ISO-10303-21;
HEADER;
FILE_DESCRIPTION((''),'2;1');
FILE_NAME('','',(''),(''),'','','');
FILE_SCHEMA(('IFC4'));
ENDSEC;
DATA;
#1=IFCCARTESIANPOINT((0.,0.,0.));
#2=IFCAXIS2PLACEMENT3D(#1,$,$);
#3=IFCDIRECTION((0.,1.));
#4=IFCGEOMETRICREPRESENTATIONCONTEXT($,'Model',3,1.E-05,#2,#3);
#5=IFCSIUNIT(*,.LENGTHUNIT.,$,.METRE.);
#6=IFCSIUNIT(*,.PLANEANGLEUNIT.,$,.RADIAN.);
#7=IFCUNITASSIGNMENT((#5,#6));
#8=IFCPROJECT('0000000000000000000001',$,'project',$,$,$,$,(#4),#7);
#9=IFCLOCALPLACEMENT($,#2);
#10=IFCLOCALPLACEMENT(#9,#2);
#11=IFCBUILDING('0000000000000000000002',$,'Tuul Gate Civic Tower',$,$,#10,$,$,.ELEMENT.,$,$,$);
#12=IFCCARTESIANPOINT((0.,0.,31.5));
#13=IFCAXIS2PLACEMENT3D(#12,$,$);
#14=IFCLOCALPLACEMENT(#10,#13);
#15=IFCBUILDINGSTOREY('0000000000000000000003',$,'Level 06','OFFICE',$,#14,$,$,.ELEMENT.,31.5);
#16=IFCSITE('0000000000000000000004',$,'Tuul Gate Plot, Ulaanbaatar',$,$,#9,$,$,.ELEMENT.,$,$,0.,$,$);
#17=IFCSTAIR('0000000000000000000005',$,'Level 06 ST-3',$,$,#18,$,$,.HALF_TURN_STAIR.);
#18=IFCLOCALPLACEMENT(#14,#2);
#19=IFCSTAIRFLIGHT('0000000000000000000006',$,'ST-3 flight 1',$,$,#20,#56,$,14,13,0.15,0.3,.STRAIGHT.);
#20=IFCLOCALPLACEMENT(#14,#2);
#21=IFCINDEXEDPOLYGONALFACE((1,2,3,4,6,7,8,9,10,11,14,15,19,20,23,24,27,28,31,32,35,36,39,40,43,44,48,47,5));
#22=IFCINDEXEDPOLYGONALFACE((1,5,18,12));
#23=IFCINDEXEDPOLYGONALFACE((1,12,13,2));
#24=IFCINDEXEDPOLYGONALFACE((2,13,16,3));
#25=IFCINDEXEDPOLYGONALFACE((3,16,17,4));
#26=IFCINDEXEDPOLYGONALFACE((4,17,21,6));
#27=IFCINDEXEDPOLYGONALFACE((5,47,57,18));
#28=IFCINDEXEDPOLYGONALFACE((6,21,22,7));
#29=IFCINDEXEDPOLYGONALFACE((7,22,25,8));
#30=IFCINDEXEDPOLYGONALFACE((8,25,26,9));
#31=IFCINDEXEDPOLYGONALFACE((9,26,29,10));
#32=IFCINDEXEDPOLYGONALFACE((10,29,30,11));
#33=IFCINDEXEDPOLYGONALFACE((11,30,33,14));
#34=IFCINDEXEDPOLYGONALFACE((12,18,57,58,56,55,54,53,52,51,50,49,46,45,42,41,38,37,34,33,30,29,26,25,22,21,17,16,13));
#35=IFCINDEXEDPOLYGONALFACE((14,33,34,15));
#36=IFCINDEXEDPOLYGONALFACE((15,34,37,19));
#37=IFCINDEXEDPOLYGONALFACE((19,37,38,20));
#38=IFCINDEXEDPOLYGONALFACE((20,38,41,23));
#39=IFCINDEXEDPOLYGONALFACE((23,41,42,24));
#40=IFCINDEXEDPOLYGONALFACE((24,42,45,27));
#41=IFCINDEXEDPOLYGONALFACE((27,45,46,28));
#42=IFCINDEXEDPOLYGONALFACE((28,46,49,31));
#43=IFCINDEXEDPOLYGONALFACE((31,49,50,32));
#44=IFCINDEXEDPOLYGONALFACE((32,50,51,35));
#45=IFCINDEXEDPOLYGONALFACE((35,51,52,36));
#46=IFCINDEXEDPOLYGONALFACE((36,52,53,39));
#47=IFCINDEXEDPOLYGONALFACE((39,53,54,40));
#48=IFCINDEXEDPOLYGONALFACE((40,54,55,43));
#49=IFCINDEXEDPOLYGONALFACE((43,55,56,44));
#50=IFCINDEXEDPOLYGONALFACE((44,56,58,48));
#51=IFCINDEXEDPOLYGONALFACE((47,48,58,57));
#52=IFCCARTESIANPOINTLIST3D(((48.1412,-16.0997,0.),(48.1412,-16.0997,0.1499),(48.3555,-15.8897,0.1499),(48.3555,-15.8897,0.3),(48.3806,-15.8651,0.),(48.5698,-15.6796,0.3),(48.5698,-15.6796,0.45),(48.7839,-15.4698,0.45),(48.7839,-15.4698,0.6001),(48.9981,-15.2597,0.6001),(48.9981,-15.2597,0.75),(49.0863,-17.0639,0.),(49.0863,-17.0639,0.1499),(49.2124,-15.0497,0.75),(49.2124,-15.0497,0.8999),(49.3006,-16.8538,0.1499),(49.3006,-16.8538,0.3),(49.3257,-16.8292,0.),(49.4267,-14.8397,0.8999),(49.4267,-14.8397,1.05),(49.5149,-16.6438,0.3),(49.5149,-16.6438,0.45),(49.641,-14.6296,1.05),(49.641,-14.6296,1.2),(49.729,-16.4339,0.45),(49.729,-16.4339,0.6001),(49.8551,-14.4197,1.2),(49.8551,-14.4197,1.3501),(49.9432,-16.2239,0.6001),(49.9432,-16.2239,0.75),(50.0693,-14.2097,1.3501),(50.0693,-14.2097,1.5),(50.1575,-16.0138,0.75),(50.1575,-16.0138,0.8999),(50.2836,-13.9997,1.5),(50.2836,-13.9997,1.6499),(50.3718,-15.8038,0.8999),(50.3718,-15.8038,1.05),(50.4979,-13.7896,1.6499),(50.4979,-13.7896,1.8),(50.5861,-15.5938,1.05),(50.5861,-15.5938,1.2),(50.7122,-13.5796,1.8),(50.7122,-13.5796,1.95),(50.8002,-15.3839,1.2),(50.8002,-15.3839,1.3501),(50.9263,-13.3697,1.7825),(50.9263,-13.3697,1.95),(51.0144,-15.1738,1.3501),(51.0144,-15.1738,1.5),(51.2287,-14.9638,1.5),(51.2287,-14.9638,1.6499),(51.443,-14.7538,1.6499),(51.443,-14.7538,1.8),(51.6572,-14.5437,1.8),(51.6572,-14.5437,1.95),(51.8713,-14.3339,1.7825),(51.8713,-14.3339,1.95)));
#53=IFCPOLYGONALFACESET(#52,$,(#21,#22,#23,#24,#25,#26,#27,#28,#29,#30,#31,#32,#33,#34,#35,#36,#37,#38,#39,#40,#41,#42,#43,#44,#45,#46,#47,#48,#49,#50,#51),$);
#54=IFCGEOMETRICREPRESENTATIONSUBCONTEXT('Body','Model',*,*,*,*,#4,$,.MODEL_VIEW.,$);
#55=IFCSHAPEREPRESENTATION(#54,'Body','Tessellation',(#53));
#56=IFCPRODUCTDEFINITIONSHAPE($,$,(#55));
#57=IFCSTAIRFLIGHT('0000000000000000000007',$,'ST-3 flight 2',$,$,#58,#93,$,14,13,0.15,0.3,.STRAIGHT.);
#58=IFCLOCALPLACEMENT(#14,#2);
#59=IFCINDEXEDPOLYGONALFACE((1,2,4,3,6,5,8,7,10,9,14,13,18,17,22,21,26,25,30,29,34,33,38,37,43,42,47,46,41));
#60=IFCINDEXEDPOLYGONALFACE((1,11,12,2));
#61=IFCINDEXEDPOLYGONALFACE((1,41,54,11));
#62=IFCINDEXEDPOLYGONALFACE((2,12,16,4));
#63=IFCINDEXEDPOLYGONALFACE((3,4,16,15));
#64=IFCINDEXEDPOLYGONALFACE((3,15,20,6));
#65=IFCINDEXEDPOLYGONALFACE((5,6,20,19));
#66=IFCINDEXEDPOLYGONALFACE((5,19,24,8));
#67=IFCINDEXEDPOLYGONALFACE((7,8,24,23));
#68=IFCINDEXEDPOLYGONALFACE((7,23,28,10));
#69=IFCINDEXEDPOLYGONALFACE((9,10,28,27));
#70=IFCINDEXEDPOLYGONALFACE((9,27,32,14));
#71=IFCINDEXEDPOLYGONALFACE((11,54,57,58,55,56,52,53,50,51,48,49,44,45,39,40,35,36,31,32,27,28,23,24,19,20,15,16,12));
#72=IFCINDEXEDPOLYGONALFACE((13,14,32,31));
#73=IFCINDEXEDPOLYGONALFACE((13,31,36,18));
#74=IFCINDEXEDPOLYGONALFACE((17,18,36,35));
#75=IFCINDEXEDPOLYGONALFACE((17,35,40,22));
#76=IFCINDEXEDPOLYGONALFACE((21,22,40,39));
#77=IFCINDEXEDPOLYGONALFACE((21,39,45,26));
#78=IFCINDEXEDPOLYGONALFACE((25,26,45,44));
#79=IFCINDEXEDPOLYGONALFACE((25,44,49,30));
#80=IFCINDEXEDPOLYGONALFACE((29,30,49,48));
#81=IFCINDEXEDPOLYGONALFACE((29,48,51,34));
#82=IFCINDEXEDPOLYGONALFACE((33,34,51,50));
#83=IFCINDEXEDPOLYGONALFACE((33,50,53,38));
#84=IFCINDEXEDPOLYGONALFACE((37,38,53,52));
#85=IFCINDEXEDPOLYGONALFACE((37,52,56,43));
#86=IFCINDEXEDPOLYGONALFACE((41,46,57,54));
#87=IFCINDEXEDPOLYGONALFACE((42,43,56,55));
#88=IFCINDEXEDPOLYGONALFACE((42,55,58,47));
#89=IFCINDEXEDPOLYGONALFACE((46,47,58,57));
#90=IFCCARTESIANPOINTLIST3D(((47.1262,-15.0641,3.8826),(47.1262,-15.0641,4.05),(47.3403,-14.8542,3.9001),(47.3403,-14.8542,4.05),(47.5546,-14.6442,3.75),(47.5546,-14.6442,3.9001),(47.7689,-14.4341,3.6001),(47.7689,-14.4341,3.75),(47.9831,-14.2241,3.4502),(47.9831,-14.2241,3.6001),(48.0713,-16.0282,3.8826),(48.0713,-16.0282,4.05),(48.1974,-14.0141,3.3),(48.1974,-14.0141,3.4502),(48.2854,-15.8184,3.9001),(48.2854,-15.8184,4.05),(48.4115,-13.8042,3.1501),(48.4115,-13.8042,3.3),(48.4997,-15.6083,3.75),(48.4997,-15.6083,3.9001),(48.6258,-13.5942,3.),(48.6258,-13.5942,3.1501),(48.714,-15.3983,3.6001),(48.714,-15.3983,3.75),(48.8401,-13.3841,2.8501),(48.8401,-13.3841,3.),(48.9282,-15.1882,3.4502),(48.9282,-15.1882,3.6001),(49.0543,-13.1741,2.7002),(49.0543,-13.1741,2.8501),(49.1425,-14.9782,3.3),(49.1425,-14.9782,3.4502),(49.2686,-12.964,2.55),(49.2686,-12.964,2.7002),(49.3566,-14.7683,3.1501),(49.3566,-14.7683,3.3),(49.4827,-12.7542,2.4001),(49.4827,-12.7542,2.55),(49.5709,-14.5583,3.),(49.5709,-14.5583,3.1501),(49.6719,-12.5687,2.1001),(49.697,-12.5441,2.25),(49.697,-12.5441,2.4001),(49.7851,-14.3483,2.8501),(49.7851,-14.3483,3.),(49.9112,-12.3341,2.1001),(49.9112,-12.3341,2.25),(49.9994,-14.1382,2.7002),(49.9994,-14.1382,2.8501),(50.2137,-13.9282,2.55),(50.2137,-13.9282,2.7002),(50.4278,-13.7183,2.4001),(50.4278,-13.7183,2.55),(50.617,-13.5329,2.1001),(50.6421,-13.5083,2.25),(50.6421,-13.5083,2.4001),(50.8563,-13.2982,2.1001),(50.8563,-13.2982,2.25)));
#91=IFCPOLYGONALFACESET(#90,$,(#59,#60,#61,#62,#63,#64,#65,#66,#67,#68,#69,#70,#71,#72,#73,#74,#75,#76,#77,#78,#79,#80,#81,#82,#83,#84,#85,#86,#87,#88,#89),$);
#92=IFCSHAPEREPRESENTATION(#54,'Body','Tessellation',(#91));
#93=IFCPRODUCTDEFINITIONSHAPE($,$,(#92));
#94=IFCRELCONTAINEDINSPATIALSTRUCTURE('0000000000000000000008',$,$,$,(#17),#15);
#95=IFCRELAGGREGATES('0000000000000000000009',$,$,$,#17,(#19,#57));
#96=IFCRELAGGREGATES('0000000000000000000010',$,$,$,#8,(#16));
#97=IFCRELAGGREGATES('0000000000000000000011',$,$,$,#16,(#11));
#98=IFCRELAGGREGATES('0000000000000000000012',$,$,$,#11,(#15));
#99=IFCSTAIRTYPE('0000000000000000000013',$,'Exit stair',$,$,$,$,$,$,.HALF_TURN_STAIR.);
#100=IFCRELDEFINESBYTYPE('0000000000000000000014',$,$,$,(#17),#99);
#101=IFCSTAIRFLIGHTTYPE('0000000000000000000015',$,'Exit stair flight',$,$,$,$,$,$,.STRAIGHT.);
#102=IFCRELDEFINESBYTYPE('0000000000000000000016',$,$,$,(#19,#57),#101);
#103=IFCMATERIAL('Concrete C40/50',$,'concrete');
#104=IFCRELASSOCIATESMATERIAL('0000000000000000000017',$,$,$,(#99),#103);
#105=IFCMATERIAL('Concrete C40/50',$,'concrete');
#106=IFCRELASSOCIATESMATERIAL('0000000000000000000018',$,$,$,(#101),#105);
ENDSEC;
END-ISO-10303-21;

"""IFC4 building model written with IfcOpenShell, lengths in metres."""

from ifc_helpers import new_model, si_unit, direction, frame, origin, place, context, subcontext, project, spatial, polyline, outline, extrude, material, type_object, element, aggregate, save


model = new_model("IFC4")

# Units and contexts
model_context = context("Model", 3, precision=1e-05, world=origin(), true_north=direction((0.0, 1.0)))
body_context = subcontext(model_context, "Body", "Model", "MODEL_VIEW")
ifc_project = project(units=[si_unit("LENGTHUNIT", "METRE"), si_unit("PLANEANGLEUNIT", "RADIAN")], contexts=[model_context])

# Site, building, storey
site_placement = place(None, origin())
site = spatial("IfcSite", under=ifc_project, at=site_placement, Name="Tuul Gate Plot, Ulaanbaatar", CompositionType="ELEMENT", RefElevation=0.0)
building_placement = place(site_placement, origin())
building = spatial("IfcBuilding", under=site, at=building_placement, Name="Tuul Gate Civic Tower", CompositionType="ELEMENT")
storey_placement = place(building_placement, frame((0.0, 0.0, 31.5)))
storey = spatial("IfcBuildingStorey", under=building, at=storey_placement, Name="Level 06", Description="OFFICE", CompositionType="ELEMENT", Elevation=31.5)

# Stair, stair flights
ifc_material_1 = material(Name="Concrete C40/50", Category="concrete")
stair_type = type_object("IfcStairType", Name="Exit stair", PredefinedType="HALF_TURN_STAIR", material=ifc_material_1)
stair_placement = place(storey_placement, origin())
stair = element("IfcStair", 1, at=stair_placement, inside=storey, type_object=stair_type, Name="Level 06 ST-3", PredefinedType="HALF_TURN_STAIR")
ifc_material_2 = material(Name="Concrete C40/50", Category="concrete")
stair_flight_type = type_object("IfcStairFlightType", Name="Exit stair flight", PredefinedType="STRAIGHT", material=ifc_material_2)
stair_flight_1_placement = place(storey_placement, frame((48.6138, -16.5818, 0.0), z_axis=(0.0, 0.0, 1.0), x_axis=(0.714127, 0.700016, 0.0)))
stair_flight_1 = element("IfcStairFlight", 2, at=stair_flight_1_placement, type_object=stair_flight_type, Name="ST-3 flight 1", NumberOfRisers=14, NumberOfTreads=13, PredefinedType="STRAIGHT", RiserHeight=0.15, TreadLength=0.3, context=body_context, shape_type="SweptSolid", body=[
    extrude(outline(polyline([(0.0, 0.0), (0.0, 0.1499), (0.3, 0.1499), (0.3, 0.3), (0.6001, 0.3), (0.6001, 0.45), (0.8999, 0.45), (0.8999, 0.6001), (1.2, 0.6001), (1.2, 0.75), (1.5, 0.75), (1.5, 0.8999), (1.8, 0.8999), (1.8, 1.05), (2.1001, 1.05), (2.1001, 1.2), (2.3999, 1.2), (2.3999, 1.3501), (2.7, 1.3501), (2.7, 1.5), (3.0, 1.5), (3.0, 1.6499), (3.3, 1.6499), (3.3, 1.8), (3.6001, 1.8), (3.6001, 1.95), (3.8999, 1.95), (3.8999, 2.1001), (3.8999, 1.7825), (0.3352, 0.0), (0.0, 0.0)])), frame((0.0, 0.675, 0.0), z_axis=(0.0, -1.0, 0.0), x_axis=(1.0, 0.0, 0.0)), (0.0, 0.0, 1.0), 1.3501),
])
stair_flight_2_placement = place(storey_placement, frame((50.3838, -12.8162, 2.1001), z_axis=(0.0, 0.0, 1.0), x_axis=(-0.714127, -0.700016, 0.0)))
stair_flight_2 = element("IfcStairFlight", 3, at=stair_flight_2_placement, type_object=stair_flight_type, Name="ST-3 flight 2", NumberOfRisers=14, NumberOfTreads=13, PredefinedType="STRAIGHT", RiserHeight=0.15, TreadLength=0.3, context=body_context, shape_type="SweptSolid", body=[
    extrude(outline(polyline([(0.0, 0.0), (0.0, 0.1499), (0.3, 0.1499), (0.3, 0.3), (0.6001, 0.3), (0.6001, 0.45), (0.8999, 0.45), (0.8999, 0.6001), (1.2, 0.6001), (1.2, 0.75), (1.5, 0.75), (1.5, 0.8999), (1.8, 0.8999), (1.8, 1.05), (2.1001, 1.05), (2.1001, 1.2), (2.3999, 1.2), (2.3999, 1.3501), (2.7, 1.3501), (2.7, 1.5), (3.0, 1.5), (3.0, 1.6499), (3.3, 1.6499), (3.3, 1.8), (3.6001, 1.8), (3.6001, 1.95), (3.8999, 1.95), (3.8999, 2.1001), (3.8999, 1.7825), (0.3352, 0.0), (0.0, 0.0)])), frame((0.0, 0.675, 0.0), z_axis=(0.0, -1.0, 0.0), x_axis=(1.0, 0.0, 0.0)), (0.0, 0.0, 1.0), 1.3501),
])
aggregate(stair, [stair_flight_1, stair_flight_2])

save(model, "model.ifc")
